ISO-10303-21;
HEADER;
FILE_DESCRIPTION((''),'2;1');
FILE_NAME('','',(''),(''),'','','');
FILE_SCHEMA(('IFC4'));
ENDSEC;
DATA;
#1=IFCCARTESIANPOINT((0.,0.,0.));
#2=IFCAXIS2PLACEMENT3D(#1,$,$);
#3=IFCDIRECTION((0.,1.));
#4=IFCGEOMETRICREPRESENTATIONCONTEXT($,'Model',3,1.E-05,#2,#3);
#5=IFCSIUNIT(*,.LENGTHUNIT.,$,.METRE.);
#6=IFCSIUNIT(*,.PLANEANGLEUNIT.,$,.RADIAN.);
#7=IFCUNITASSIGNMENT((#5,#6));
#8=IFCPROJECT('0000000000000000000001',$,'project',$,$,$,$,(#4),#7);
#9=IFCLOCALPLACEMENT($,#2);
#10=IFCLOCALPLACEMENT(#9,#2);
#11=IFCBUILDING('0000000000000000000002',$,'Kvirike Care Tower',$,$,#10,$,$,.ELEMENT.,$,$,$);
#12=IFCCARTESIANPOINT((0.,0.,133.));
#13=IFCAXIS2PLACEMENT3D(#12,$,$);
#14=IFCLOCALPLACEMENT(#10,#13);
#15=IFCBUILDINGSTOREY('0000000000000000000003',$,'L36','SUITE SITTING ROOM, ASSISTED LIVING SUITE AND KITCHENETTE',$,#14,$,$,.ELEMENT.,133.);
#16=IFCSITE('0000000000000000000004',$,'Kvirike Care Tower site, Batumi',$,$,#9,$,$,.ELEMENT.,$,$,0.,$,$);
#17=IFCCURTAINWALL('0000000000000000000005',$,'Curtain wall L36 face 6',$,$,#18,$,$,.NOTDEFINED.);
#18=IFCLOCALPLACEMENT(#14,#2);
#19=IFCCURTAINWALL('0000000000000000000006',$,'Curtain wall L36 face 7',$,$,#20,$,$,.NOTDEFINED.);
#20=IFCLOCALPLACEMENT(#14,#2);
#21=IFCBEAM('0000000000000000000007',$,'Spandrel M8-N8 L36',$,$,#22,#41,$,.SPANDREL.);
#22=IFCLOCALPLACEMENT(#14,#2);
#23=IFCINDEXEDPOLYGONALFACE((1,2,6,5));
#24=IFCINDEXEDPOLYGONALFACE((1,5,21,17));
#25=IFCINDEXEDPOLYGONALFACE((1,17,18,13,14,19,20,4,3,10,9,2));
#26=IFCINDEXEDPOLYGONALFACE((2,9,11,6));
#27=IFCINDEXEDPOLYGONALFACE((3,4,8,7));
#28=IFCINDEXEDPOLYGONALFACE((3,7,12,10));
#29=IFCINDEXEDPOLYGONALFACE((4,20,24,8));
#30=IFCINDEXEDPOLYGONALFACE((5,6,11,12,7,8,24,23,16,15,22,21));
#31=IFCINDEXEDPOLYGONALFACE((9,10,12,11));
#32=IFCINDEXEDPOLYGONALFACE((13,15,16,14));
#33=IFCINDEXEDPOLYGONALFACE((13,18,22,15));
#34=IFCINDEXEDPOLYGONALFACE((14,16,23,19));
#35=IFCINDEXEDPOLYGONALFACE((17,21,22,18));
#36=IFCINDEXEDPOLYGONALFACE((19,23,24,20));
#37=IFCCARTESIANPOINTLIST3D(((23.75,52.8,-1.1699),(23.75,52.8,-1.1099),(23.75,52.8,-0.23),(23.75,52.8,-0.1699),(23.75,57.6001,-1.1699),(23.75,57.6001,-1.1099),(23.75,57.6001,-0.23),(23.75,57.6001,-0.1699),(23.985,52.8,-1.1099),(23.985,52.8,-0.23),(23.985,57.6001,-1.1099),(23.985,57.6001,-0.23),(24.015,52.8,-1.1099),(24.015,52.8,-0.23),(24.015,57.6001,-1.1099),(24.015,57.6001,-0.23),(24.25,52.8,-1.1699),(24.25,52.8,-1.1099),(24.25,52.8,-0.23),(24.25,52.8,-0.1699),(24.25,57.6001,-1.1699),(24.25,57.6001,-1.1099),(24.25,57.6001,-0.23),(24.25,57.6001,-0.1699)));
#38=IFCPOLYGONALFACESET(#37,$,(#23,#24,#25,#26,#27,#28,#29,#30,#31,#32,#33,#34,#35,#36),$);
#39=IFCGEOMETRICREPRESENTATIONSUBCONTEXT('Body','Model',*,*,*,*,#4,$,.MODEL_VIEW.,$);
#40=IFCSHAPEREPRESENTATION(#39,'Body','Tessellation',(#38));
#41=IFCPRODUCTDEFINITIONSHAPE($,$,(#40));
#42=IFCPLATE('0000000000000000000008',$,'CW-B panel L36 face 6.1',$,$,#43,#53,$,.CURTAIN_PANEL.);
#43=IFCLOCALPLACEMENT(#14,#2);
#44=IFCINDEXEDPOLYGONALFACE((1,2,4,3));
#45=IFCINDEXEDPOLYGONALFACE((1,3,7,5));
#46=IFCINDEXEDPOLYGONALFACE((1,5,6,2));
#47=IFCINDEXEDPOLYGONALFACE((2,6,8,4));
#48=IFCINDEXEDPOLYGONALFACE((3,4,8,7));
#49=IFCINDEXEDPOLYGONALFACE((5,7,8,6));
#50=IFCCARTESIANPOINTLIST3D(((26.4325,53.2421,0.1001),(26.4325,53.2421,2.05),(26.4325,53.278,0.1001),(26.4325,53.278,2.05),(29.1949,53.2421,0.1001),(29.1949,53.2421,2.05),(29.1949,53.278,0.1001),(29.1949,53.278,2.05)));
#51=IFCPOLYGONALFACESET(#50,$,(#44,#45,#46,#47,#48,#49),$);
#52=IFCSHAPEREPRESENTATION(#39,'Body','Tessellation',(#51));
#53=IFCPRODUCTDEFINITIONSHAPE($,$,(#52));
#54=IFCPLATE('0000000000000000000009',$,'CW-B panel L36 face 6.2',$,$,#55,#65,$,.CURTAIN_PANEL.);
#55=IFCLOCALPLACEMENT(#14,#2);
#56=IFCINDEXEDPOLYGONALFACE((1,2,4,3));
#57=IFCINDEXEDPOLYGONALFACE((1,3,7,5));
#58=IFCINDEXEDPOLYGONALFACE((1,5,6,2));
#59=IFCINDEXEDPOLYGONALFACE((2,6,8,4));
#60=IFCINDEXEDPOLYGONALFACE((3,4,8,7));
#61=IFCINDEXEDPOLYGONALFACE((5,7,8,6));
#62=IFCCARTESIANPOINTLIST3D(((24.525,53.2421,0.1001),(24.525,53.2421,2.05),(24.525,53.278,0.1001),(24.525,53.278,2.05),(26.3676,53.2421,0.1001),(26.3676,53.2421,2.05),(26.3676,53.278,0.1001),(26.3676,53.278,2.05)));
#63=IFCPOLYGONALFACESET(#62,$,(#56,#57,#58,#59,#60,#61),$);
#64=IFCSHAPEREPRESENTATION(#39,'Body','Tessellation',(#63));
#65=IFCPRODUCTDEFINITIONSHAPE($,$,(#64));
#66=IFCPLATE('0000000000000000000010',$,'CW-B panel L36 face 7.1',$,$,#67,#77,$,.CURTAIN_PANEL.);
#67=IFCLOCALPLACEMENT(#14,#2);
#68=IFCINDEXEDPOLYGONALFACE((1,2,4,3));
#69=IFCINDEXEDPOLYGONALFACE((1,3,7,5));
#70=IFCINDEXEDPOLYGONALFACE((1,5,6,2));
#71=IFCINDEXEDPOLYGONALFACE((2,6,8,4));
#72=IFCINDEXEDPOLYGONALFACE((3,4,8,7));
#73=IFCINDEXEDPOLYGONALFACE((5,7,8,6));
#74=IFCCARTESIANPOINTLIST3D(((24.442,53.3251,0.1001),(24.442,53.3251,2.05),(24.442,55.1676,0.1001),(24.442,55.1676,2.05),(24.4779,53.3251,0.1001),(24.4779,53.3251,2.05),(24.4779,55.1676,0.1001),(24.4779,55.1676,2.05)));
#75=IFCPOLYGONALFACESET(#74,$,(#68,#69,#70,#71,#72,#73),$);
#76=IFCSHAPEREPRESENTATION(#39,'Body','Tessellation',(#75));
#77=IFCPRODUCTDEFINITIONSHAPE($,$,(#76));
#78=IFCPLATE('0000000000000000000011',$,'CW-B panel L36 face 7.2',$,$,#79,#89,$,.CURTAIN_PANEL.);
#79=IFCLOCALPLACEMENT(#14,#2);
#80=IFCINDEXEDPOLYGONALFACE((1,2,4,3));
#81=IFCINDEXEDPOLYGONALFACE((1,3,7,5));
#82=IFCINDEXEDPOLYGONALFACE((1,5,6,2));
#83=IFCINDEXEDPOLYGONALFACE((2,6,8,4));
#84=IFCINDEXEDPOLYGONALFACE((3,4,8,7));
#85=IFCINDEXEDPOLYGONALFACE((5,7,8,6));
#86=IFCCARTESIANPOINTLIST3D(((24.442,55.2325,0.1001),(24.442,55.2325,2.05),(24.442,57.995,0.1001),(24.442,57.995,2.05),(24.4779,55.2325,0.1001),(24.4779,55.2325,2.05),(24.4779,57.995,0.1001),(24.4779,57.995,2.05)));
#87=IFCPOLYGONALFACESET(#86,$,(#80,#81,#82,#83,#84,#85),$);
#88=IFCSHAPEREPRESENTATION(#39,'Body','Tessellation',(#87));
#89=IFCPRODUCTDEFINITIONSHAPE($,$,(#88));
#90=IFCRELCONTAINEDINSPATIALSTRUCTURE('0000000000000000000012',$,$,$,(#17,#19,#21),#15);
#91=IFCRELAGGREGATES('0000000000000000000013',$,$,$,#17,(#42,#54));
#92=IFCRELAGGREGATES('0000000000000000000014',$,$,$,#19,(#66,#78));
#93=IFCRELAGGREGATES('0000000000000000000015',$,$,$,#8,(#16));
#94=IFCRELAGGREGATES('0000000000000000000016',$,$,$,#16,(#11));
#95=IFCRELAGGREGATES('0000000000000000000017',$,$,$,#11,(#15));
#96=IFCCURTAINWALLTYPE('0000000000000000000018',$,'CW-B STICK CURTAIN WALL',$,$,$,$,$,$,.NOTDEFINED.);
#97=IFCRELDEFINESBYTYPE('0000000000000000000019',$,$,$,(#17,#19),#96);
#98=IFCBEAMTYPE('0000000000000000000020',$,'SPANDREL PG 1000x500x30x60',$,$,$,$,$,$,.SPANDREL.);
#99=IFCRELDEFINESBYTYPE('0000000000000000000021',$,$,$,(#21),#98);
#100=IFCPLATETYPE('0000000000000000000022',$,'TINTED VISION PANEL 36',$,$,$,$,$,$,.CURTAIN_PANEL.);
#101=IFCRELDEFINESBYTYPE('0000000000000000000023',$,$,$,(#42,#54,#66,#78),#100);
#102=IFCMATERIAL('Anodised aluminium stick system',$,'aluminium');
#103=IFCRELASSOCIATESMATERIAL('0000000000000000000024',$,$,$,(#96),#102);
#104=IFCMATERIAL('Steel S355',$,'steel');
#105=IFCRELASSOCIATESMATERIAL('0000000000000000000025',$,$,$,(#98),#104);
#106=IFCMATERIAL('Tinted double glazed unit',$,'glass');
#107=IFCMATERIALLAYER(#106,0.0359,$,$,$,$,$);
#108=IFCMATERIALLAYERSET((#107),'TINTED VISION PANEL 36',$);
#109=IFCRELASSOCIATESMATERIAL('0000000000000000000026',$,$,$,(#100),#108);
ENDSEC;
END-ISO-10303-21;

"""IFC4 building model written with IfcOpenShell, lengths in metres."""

from ifc_helpers import new_model, si_unit, direction, frame, origin, origin_2d, place, context, subcontext, project, spatial, rectangle, i_section, extrude, material, layer, layer_set, material_profile, profile_set, type_object, element, aggregate, save


model = new_model("IFC4")

# Units and contexts
model_context = context("Model", 3, precision=1e-05, world=origin(), true_north=direction((0.0, 1.0)))
body_context = subcontext(model_context, "Body", "Model", "MODEL_VIEW")
ifc_project = project(units=[si_unit("LENGTHUNIT", "METRE"), si_unit("PLANEANGLEUNIT", "RADIAN")], contexts=[model_context])

# Site, building, storey
site_placement = place(None, origin())
site = spatial("IfcSite", under=ifc_project, at=site_placement, Name="Kvirike Care Tower site, Batumi", CompositionType="ELEMENT", RefElevation=0.0)
building_placement = place(site_placement, origin())
building = spatial("IfcBuilding", under=site, at=building_placement, Name="Kvirike Care Tower", CompositionType="ELEMENT")
storey_placement = place(building_placement, frame((0.0, 0.0, 133.0)))
storey = spatial("IfcBuildingStorey", under=building, at=storey_placement, Name="L36", Description="SUITE SITTING ROOM, ASSISTED LIVING SUITE AND KITCHENETTE", CompositionType="ELEMENT", Elevation=133.0)

# Curtain walls
ifc_material_1 = material(Name="Anodised aluminium stick system", Category="aluminium")
curtain_wall_type = type_object("IfcCurtainWallType", Name="CW-B STICK CURTAIN WALL", PredefinedType="NOTDEFINED", material=ifc_material_1)
curtain_wall_1_placement = place(storey_placement, origin())
curtain_wall_1 = element("IfcCurtainWall", 1, at=curtain_wall_1_placement, inside=storey, type_object=curtain_wall_type, Name="Curtain wall L36 face 6", PredefinedType="NOTDEFINED")
curtain_wall_2_placement = place(storey_placement, origin())
curtain_wall_2 = element("IfcCurtainWall", 2, at=curtain_wall_2_placement, inside=storey, type_object=curtain_wall_type, Name="Curtain wall L36 face 7", PredefinedType="NOTDEFINED")

# Beam
ifc_material_2 = material(Name="Steel S355", Category="steel")
ifc_material_profile_1 = material_profile(ifc_material_2, i_section(OverallWidth=0.5, OverallDepth=1.0, WebThickness=0.03, FlangeThickness=0.0601, at=origin_2d()), Name="PG 1000x500x30x60")
ifc_profile_set_1 = profile_set([ifc_material_profile_1], Name="Steel S355")
beam_type = type_object("IfcBeamType", Name="SPANDREL PG 1000x500x30x60", PredefinedType="SPANDREL", material=ifc_profile_set_1)
beam_placement = place(storey_placement, frame((24.0, 52.8, -0.6699), z_axis=(0.0, 1.0, 0.0), x_axis=(-1.0, 0.0, 0.0)))
element("IfcBeam", 3, at=beam_placement, inside=storey, type_object=beam_type, Name="Spandrel M8-N8 L36", PredefinedType="SPANDREL", context=body_context, shape_type="SweptSolid", body=[
    extrude(i_section(OverallWidth=0.5, OverallDepth=1.0, WebThickness=0.03, FlangeThickness=0.0601, at=origin_2d()), origin(), (0.0, 0.0, 1.0), 4.8),
])

# Plates
ifc_material_3 = material(Name="Tinted double glazed unit", Category="glass")
ifc_layer = layer(ifc_material_3, 0.0359)
ifc_layer_set = layer_set([ifc_layer], Name="TINTED VISION PANEL 36")
plate_type = type_object("IfcPlateType", Name="TINTED VISION PANEL 36", PredefinedType="CURTAIN_PANEL", material=ifc_layer_set)
plate_1_placement = place(storey_placement, frame((27.8137, 53.26, 0.1001), z_axis=(0.0, 0.0, 1.0), x_axis=(-1.0, 0.0, 0.0)))
plate_1 = element("IfcPlate", 4, at=plate_1_placement, type_object=plate_type, Name="CW-B panel L36 face 6.1", PredefinedType="CURTAIN_PANEL", context=body_context, shape_type="SweptSolid", body=[
    extrude(rectangle(XDim=2.7625, YDim=0.0359, at=origin_2d()), origin(), (0.0, 0.0, 1.0), 1.95),
])
plate_2_placement = place(storey_placement, frame((25.4463, 53.26, 0.1001), z_axis=(0.0, 0.0, 1.0), x_axis=(-1.0, 0.0, 0.0)))
plate_2 = element("IfcPlate", 5, at=plate_2_placement, type_object=plate_type, Name="CW-B panel L36 face 6.2", PredefinedType="CURTAIN_PANEL", context=body_context, shape_type="SweptSolid", body=[
    extrude(rectangle(XDim=1.8425, YDim=0.0359, at=origin_2d()), origin(), (0.0, 0.0, 1.0), 1.95),
])
aggregate(curtain_wall_1, [plate_1, plate_2])
plate_3_placement = place(storey_placement, frame((24.46, 54.2463, 0.1001), z_axis=(0.0, 0.0, 1.0), x_axis=(0.0, 1.0, 0.0)))
plate_3 = element("IfcPlate", 6, at=plate_3_placement, type_object=plate_type, Name="CW-B panel L36 face 7.1", PredefinedType="CURTAIN_PANEL", context=body_context, shape_type="SweptSolid", body=[
    extrude(rectangle(XDim=1.8425, YDim=0.0359, at=origin_2d()), origin(), (0.0, 0.0, 1.0), 1.95),
])
plate_4_placement = place(storey_placement, frame((24.46, 56.6138, 0.1001), z_axis=(0.0, 0.0, 1.0), x_axis=(0.0, 1.0, 0.0)))
plate_4 = element("IfcPlate", 7, at=plate_4_placement, type_object=plate_type, Name="CW-B panel L36 face 7.2", PredefinedType="CURTAIN_PANEL", context=body_context, shape_type="SweptSolid", body=[
    extrude(rectangle(XDim=2.7625, YDim=0.0359, at=origin_2d()), origin(), (0.0, 0.0, 1.0), 1.95),
])
aggregate(curtain_wall_2, [plate_3, plate_4])

save(model, "model.ifc")
